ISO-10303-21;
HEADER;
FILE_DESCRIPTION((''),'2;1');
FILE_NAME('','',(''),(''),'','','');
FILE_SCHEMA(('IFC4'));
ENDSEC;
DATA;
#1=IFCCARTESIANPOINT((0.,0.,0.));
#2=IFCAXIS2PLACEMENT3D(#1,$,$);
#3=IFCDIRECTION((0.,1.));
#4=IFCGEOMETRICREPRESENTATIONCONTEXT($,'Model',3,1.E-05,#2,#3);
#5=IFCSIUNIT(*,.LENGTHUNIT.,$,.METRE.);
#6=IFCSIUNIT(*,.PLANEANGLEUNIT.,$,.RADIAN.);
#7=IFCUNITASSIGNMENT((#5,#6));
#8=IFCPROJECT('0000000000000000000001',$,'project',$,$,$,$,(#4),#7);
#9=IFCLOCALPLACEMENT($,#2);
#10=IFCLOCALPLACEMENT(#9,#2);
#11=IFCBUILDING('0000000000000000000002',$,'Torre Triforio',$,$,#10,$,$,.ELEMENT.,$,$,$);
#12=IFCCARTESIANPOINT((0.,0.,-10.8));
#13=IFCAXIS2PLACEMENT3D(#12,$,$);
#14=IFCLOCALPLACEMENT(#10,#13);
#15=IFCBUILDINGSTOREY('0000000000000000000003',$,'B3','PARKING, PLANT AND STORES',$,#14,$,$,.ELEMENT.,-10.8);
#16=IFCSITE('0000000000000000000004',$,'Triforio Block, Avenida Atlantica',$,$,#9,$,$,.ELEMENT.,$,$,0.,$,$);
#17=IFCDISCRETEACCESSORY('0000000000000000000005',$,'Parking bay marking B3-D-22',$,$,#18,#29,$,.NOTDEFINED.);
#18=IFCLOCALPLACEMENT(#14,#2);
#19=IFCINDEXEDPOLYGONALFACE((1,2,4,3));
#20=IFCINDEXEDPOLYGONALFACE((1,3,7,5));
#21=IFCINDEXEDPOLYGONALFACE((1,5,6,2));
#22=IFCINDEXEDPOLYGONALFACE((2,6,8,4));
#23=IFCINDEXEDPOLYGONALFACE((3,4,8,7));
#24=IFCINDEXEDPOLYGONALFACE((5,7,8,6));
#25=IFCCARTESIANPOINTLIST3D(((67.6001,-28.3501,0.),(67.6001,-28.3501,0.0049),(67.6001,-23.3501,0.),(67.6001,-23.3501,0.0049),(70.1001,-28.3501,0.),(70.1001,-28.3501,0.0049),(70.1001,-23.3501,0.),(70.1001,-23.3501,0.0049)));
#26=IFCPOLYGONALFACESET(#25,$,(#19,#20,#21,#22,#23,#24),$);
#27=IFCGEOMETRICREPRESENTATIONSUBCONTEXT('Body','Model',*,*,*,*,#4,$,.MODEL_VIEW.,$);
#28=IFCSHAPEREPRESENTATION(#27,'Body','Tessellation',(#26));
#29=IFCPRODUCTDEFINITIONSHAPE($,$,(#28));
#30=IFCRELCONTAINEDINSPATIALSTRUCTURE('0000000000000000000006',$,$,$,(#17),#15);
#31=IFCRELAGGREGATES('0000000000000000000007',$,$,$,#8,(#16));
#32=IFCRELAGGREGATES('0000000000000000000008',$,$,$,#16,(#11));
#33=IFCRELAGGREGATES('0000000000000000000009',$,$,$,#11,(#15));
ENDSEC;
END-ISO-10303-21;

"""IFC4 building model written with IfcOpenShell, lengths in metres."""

from ifc_helpers import new_model, si_unit, direction, frame, origin, origin_2d, place, context, subcontext, project, spatial, rectangle, extrude, element, save


model = new_model("IFC4")

# Units and contexts
model_context = context("Model", 3, precision=1e-05, world=origin(), true_north=direction((0.0, 1.0)))
body_context = subcontext(model_context, "Body", "Model", "MODEL_VIEW")
ifc_project = project(units=[si_unit("LENGTHUNIT", "METRE"), si_unit("PLANEANGLEUNIT", "RADIAN")], contexts=[model_context])

# Site, building, storey
site_placement = place(None, origin())
site = spatial("IfcSite", under=ifc_project, at=site_placement, Name="Triforio Block, Avenida Atlantica", CompositionType="ELEMENT", RefElevation=0.0)
building_placement = place(site_placement, origin())
building = spatial("IfcBuilding", under=site, at=building_placement, Name="Torre Triforio", CompositionType="ELEMENT")
storey_placement = place(building_placement, frame((0.0, 0.0, -10.8)))
storey = spatial("IfcBuildingStorey", under=building, at=storey_placement, Name="B3", Description="PARKING, PLANT AND STORES", CompositionType="ELEMENT", Elevation=-10.8)

# Discrete accessory
for number, where, z_axis, x_axis, name in (
    (1, (68.8501, -25.8501, 0.0), (0.0, 0.0, 1.0), (1.0, 0.0, 0.0), "Parking bay marking B3-D-22"),
):
    element("IfcDiscreteAccessory", number, at=place(storey_placement, frame(where, z_axis=z_axis, x_axis=x_axis)), inside=storey, Name=name, PredefinedType="NOTDEFINED", context=body_context, shape_type="SweptSolid", body=[
        extrude(rectangle(XDim=2.5, YDim=5.0, at=origin_2d()), origin(), (0.0, 0.0, 1.0), 0.0049),
    ])

save(model, "model.ifc")
